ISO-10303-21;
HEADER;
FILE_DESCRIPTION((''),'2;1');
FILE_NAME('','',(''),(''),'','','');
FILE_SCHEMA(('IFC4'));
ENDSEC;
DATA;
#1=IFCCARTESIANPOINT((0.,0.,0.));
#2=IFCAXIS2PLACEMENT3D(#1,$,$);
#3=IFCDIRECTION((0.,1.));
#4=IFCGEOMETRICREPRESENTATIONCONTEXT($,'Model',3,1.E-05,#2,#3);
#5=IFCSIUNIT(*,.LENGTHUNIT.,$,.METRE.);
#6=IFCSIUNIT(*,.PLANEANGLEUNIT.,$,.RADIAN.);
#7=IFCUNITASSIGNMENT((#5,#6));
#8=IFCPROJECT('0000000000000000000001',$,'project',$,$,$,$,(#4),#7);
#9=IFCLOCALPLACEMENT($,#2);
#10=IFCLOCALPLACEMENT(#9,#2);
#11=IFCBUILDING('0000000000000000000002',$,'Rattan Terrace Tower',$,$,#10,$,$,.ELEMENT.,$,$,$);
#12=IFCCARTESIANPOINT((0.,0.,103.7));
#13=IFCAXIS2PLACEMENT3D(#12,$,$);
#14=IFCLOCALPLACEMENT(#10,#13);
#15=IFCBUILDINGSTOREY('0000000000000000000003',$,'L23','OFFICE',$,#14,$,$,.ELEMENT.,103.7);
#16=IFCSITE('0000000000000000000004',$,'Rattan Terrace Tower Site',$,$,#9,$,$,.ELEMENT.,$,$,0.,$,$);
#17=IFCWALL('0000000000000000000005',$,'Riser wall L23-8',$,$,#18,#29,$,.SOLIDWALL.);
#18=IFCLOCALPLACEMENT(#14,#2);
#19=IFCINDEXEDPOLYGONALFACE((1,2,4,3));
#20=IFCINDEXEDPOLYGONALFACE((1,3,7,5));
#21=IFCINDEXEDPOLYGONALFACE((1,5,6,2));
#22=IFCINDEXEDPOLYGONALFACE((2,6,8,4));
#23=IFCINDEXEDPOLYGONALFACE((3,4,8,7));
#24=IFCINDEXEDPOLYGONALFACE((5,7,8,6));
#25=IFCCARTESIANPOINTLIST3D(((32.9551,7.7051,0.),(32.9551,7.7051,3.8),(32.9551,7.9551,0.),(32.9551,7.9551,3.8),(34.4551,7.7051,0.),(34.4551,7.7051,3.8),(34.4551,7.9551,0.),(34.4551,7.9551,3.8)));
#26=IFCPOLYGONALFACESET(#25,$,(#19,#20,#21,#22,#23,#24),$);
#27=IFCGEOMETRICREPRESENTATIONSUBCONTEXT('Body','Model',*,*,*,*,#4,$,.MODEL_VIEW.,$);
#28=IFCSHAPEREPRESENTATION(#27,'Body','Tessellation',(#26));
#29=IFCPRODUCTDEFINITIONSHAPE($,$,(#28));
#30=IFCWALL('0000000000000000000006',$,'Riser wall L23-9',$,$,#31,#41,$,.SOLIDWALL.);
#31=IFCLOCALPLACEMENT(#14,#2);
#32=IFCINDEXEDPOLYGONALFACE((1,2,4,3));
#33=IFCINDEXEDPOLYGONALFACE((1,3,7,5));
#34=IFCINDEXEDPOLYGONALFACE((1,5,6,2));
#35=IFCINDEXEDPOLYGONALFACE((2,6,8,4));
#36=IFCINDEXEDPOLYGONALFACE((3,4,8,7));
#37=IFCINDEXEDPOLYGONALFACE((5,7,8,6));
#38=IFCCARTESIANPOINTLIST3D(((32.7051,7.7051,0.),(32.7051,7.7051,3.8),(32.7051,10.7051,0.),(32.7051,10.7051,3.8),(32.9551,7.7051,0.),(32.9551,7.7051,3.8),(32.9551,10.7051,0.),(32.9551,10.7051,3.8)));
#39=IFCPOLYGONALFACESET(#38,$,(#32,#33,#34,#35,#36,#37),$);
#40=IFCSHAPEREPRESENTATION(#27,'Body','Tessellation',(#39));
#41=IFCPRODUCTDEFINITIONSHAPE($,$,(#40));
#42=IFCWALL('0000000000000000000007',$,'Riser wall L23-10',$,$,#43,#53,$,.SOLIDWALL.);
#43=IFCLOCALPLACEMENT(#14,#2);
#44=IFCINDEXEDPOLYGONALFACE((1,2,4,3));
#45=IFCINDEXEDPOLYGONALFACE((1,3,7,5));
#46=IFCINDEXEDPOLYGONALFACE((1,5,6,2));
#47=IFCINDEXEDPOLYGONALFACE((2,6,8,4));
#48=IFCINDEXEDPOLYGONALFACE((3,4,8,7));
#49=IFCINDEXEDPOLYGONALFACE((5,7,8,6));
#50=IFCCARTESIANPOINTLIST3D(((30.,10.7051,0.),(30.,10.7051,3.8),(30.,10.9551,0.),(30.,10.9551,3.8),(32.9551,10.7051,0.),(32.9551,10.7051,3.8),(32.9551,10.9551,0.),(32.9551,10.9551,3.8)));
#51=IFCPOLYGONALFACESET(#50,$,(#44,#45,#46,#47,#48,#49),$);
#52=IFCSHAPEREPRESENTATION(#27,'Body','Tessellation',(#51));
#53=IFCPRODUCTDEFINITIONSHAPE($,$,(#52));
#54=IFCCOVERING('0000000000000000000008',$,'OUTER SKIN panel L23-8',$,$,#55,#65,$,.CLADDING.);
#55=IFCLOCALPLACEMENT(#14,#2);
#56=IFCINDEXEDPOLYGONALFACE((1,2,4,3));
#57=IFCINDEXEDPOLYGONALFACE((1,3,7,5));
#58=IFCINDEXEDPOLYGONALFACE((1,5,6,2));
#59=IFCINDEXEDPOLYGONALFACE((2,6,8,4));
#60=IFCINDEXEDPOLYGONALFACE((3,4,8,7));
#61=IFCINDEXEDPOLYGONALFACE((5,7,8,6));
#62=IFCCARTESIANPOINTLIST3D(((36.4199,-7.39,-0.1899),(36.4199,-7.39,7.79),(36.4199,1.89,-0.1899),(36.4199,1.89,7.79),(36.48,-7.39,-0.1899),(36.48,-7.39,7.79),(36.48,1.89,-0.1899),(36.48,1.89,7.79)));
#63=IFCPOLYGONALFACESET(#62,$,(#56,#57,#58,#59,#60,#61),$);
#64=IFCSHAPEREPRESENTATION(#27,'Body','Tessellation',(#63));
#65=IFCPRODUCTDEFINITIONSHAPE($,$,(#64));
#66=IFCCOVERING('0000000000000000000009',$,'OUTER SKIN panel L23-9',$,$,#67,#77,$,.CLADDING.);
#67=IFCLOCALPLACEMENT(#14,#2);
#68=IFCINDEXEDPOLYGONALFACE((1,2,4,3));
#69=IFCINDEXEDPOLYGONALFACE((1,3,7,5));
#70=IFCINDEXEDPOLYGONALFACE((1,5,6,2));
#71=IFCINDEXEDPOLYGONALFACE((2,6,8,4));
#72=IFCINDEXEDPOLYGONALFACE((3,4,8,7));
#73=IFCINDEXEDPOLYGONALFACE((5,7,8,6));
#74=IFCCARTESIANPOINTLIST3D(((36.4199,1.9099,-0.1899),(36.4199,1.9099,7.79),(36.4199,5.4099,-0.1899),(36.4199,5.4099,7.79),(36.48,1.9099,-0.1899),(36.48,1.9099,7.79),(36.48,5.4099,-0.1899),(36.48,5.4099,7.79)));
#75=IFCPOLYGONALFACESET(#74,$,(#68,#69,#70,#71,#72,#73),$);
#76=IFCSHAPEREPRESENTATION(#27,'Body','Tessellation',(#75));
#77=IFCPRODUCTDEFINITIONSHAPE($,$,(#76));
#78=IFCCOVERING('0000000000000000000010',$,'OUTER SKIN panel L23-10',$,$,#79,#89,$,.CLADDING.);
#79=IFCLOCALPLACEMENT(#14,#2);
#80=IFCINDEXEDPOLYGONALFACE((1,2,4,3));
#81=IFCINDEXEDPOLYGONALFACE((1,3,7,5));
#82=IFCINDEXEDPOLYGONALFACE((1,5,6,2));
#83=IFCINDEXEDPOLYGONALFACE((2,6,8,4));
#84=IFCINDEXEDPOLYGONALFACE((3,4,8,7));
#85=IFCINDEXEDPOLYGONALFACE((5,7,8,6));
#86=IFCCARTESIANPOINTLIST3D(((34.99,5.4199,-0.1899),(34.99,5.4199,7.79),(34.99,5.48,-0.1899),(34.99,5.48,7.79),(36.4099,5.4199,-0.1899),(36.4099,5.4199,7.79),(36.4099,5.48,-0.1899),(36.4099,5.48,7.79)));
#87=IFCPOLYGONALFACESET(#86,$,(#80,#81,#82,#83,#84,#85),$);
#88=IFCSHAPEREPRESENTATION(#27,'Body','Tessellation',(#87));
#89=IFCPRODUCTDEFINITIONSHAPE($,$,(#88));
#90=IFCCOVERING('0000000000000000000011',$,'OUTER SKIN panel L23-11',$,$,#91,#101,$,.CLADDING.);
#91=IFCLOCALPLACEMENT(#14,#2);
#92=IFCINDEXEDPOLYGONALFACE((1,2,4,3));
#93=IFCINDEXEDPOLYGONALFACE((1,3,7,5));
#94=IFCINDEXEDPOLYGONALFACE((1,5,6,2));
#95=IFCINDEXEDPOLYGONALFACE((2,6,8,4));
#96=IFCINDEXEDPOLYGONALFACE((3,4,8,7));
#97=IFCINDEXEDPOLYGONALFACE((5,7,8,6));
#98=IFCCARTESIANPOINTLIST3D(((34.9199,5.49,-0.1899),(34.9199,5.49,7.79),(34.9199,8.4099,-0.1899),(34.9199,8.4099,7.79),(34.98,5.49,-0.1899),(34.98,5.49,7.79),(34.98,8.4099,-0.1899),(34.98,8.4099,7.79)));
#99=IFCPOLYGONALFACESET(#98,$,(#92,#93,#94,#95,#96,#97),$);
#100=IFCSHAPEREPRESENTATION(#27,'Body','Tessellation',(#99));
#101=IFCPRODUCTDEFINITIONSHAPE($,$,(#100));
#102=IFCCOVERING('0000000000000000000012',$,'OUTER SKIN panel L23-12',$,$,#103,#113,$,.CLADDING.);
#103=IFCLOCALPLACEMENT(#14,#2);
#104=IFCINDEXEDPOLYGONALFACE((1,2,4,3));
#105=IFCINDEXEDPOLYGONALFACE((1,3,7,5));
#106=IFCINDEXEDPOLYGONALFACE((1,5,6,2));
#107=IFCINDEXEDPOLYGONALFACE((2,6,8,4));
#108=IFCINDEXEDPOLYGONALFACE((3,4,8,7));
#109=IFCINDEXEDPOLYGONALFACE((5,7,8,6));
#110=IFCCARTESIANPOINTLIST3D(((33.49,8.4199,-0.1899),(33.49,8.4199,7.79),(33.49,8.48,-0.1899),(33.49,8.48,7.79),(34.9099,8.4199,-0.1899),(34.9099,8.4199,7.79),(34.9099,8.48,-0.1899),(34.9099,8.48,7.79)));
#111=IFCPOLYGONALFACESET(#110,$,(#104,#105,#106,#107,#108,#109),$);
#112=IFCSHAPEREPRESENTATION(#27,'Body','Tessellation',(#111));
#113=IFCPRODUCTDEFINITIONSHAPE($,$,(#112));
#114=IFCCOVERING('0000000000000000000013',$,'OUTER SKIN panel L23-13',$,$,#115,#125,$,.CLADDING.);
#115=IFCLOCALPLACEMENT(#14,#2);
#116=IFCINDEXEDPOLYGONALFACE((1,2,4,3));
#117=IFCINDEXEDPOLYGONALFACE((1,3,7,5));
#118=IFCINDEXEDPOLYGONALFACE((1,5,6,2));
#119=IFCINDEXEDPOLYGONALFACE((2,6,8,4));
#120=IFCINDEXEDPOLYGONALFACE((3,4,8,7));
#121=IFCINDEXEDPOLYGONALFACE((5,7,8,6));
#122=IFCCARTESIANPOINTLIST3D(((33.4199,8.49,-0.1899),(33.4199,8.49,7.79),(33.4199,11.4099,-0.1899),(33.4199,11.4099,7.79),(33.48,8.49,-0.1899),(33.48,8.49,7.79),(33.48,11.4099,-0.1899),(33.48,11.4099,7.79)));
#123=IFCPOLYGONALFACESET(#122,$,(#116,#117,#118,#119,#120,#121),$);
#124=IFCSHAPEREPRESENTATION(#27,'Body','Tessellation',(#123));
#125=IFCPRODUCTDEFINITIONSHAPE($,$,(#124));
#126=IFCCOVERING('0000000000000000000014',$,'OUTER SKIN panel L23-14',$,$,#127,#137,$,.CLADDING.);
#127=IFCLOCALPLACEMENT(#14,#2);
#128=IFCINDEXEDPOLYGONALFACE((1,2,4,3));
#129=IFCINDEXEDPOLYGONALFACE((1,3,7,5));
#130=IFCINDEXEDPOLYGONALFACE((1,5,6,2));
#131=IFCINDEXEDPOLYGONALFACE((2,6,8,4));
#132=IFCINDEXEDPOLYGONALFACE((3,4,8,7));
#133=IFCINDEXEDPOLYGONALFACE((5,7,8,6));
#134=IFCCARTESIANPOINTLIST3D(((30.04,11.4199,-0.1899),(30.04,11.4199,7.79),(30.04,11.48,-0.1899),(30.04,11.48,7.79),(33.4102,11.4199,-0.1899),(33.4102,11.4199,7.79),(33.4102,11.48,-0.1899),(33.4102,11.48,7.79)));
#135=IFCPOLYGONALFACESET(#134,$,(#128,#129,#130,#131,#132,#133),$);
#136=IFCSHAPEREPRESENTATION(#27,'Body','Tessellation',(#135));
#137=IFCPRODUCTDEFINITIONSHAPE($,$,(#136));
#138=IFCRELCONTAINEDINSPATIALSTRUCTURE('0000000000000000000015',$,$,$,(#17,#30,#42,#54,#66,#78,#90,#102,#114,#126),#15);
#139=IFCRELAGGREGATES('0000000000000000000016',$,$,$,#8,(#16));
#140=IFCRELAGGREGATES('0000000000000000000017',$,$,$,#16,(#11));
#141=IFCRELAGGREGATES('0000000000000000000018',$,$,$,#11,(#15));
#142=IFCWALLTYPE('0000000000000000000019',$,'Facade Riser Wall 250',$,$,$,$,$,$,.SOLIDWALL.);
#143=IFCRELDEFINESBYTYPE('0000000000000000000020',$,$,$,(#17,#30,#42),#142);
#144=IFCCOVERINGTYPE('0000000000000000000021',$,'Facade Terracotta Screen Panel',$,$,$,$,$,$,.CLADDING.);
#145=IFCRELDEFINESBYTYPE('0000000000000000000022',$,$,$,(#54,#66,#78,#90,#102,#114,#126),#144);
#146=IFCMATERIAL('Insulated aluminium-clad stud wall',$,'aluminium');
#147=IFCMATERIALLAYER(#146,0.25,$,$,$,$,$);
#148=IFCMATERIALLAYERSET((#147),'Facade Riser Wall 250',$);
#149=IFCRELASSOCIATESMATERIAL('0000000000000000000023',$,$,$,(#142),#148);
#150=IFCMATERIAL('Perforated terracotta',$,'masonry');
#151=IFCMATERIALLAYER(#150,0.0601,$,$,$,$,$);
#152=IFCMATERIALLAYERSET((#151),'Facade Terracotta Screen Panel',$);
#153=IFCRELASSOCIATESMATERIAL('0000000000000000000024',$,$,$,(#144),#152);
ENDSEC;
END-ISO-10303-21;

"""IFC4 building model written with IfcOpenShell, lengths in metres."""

from ifc_helpers import new_model, si_unit, direction, frame, frame_2d, origin, origin_2d, place, context, subcontext, project, spatial, rectangle, extrude, material, layer, layer_set, type_object, element, save


model = new_model("IFC4")

# Units and contexts
model_context = context("Model", 3, precision=1e-05, world=origin(), true_north=direction((0.0, 1.0)))
body_context = subcontext(model_context, "Body", "Model", "MODEL_VIEW")
ifc_project = project(units=[si_unit("LENGTHUNIT", "METRE"), si_unit("PLANEANGLEUNIT", "RADIAN")], contexts=[model_context])

# Site, building, storey
site_placement = place(None, origin())
site = spatial("IfcSite", under=ifc_project, at=site_placement, Name="Rattan Terrace Tower Site", CompositionType="ELEMENT", RefElevation=0.0)
building_placement = place(site_placement, origin())
building = spatial("IfcBuilding", under=site, at=building_placement, Name="Rattan Terrace Tower", CompositionType="ELEMENT")
storey_placement = place(building_placement, frame((0.0, 0.0, 103.7)))
storey = spatial("IfcBuildingStorey", under=building, at=storey_placement, Name="L23", Description="OFFICE", CompositionType="ELEMENT", Elevation=103.7)

# Walls
ifc_material_1 = material(Name="Insulated aluminium-clad stud wall", Category="aluminium")
ifc_layer_1 = layer(ifc_material_1, 0.25)
ifc_layer_set_1 = layer_set([ifc_layer_1], Name="Facade Riser Wall 250")
wall_type = type_object("IfcWallType", Name="Facade Riser Wall 250", PredefinedType="SOLIDWALL", material=ifc_layer_set_1)
wall_1_placement = place(storey_placement, frame((34.4551, 7.8301, 0.0), z_axis=(0.0, 0.0, 1.0), x_axis=(-1.0, 0.0, 0.0)))
element("IfcWall", 1, at=wall_1_placement, inside=storey, type_object=wall_type, Name="Riser wall L23-8", PredefinedType="SOLIDWALL", context=body_context, shape_type="SweptSolid", body=[
    extrude(rectangle(XDim=1.5, YDim=0.25, at=frame_2d((0.75, 0.0))), origin(), (0.0, 0.0, 1.0), 3.8),
])
wall_2_placement = place(storey_placement, frame((32.8301, 7.7051, 0.0), z_axis=(0.0, 0.0, 1.0), x_axis=(0.0, 1.0, 0.0)))
element("IfcWall", 2, at=wall_2_placement, inside=storey, type_object=wall_type, Name="Riser wall L23-9", PredefinedType="SOLIDWALL", context=body_context, shape_type="SweptSolid", body=[
    extrude(rectangle(XDim=3.0, YDim=0.25, at=frame_2d((1.5, 0.0))), origin(), (0.0, 0.0, 1.0), 3.8),
])
wall_3_placement = place(storey_placement, frame((32.9551, 10.8301, 0.0), z_axis=(0.0, 0.0, 1.0), x_axis=(-1.0, 0.0, 0.0)))
element("IfcWall", 3, at=wall_3_placement, inside=storey, type_object=wall_type, Name="Riser wall L23-10", PredefinedType="SOLIDWALL", context=body_context, shape_type="SweptSolid", body=[
    extrude(rectangle(XDim=2.9551, YDim=0.25, at=frame_2d((1.4775, 0.0))), origin(), (0.0, 0.0, 1.0), 3.8),
])

# Coverings
ifc_material_2 = material(Name="Perforated terracotta", Category="masonry")
ifc_layer_2 = layer(ifc_material_2, 0.0601)
ifc_layer_set_2 = layer_set([ifc_layer_2], Name="Facade Terracotta Screen Panel")
covering_type = type_object("IfcCoveringType", Name="Facade Terracotta Screen Panel", PredefinedType="CLADDING", material=ifc_layer_set_2)
covering_1_placement = place(storey_placement, frame((36.45, -2.75, -0.1899), z_axis=(0.0, 0.0, 1.0), x_axis=(0.0, 1.0, 0.0)))
element("IfcCovering", 4, at=covering_1_placement, inside=storey, type_object=covering_type, Name="OUTER SKIN panel L23-8", PredefinedType="CLADDING", context=body_context, shape_type="SweptSolid", body=[
    extrude(rectangle(XDim=9.28, YDim=0.0601, at=origin_2d()), origin(), (0.0, 0.0, 1.0), 7.98),
])
covering_2_placement = place(storey_placement, frame((36.45, 3.6599, -0.1899), z_axis=(0.0, 0.0, 1.0), x_axis=(0.0, 1.0, 0.0)))
element("IfcCovering", 5, at=covering_2_placement, inside=storey, type_object=covering_type, Name="OUTER SKIN panel L23-9", PredefinedType="CLADDING", context=body_context, shape_type="SweptSolid", body=[
    extrude(rectangle(XDim=3.5, YDim=0.0601, at=origin_2d()), origin(), (0.0, 0.0, 1.0), 7.98),
])
covering_3_placement = place(storey_placement, frame((35.7, 5.45, -0.1899), z_axis=(0.0, 0.0, 1.0), x_axis=(-1.0, 0.0, 0.0)))
element("IfcCovering", 6, at=covering_3_placement, inside=storey, type_object=covering_type, Name="OUTER SKIN panel L23-10", PredefinedType="CLADDING", context=body_context, shape_type="SweptSolid", body=[
    extrude(rectangle(XDim=1.4199, YDim=0.0601, at=origin_2d()), origin(), (0.0, 0.0, 1.0), 7.98),
])
covering_4_placement = place(storey_placement, frame((34.95, 6.95, -0.1899), z_axis=(0.0, 0.0, 1.0), x_axis=(0.0, 1.0, 0.0)))
element("IfcCovering", 7, at=covering_4_placement, inside=storey, type_object=covering_type, Name="OUTER SKIN panel L23-11", PredefinedType="CLADDING", context=body_context, shape_type="SweptSolid", body=[
    extrude(rectangle(XDim=2.9199, YDim=0.0601, at=origin_2d()), origin(), (0.0, 0.0, 1.0), 7.98),
])
covering_5_placement = place(storey_placement, frame((34.2, 8.45, -0.1899), z_axis=(0.0, 0.0, 1.0), x_axis=(-1.0, 0.0, 0.0)))
element("IfcCovering", 8, at=covering_5_placement, inside=storey, type_object=covering_type, Name="OUTER SKIN panel L23-12", PredefinedType="CLADDING", context=body_context, shape_type="SweptSolid", body=[
    extrude(rectangle(XDim=1.4199, YDim=0.0601, at=origin_2d()), origin(), (0.0, 0.0, 1.0), 7.98),
])
covering_6_placement = place(storey_placement, frame((33.45, 9.95, -0.1899), z_axis=(0.0, 0.0, 1.0), x_axis=(0.0, 1.0, 0.0)))
element("IfcCovering", 9, at=covering_6_placement, inside=storey, type_object=covering_type, Name="OUTER SKIN panel L23-13", PredefinedType="CLADDING", context=body_context, shape_type="SweptSolid", body=[
    extrude(rectangle(XDim=2.9199, YDim=0.0601, at=origin_2d()), origin(), (0.0, 0.0, 1.0), 7.98),
])
covering_7_placement = place(storey_placement, frame((31.7251, 11.45, -0.1899), z_axis=(0.0, 0.0, 1.0), x_axis=(-1.0, 0.0, 0.0)))
element("IfcCovering", 10, at=covering_7_placement, inside=storey, type_object=covering_type, Name="OUTER SKIN panel L23-14", PredefinedType="CLADDING", context=body_context, shape_type="SweptSolid", body=[
    extrude(rectangle(XDim=3.3701, YDim=0.0601, at=origin_2d()), origin(), (0.0, 0.0, 1.0), 7.98),
])

save(model, "model.ifc")
